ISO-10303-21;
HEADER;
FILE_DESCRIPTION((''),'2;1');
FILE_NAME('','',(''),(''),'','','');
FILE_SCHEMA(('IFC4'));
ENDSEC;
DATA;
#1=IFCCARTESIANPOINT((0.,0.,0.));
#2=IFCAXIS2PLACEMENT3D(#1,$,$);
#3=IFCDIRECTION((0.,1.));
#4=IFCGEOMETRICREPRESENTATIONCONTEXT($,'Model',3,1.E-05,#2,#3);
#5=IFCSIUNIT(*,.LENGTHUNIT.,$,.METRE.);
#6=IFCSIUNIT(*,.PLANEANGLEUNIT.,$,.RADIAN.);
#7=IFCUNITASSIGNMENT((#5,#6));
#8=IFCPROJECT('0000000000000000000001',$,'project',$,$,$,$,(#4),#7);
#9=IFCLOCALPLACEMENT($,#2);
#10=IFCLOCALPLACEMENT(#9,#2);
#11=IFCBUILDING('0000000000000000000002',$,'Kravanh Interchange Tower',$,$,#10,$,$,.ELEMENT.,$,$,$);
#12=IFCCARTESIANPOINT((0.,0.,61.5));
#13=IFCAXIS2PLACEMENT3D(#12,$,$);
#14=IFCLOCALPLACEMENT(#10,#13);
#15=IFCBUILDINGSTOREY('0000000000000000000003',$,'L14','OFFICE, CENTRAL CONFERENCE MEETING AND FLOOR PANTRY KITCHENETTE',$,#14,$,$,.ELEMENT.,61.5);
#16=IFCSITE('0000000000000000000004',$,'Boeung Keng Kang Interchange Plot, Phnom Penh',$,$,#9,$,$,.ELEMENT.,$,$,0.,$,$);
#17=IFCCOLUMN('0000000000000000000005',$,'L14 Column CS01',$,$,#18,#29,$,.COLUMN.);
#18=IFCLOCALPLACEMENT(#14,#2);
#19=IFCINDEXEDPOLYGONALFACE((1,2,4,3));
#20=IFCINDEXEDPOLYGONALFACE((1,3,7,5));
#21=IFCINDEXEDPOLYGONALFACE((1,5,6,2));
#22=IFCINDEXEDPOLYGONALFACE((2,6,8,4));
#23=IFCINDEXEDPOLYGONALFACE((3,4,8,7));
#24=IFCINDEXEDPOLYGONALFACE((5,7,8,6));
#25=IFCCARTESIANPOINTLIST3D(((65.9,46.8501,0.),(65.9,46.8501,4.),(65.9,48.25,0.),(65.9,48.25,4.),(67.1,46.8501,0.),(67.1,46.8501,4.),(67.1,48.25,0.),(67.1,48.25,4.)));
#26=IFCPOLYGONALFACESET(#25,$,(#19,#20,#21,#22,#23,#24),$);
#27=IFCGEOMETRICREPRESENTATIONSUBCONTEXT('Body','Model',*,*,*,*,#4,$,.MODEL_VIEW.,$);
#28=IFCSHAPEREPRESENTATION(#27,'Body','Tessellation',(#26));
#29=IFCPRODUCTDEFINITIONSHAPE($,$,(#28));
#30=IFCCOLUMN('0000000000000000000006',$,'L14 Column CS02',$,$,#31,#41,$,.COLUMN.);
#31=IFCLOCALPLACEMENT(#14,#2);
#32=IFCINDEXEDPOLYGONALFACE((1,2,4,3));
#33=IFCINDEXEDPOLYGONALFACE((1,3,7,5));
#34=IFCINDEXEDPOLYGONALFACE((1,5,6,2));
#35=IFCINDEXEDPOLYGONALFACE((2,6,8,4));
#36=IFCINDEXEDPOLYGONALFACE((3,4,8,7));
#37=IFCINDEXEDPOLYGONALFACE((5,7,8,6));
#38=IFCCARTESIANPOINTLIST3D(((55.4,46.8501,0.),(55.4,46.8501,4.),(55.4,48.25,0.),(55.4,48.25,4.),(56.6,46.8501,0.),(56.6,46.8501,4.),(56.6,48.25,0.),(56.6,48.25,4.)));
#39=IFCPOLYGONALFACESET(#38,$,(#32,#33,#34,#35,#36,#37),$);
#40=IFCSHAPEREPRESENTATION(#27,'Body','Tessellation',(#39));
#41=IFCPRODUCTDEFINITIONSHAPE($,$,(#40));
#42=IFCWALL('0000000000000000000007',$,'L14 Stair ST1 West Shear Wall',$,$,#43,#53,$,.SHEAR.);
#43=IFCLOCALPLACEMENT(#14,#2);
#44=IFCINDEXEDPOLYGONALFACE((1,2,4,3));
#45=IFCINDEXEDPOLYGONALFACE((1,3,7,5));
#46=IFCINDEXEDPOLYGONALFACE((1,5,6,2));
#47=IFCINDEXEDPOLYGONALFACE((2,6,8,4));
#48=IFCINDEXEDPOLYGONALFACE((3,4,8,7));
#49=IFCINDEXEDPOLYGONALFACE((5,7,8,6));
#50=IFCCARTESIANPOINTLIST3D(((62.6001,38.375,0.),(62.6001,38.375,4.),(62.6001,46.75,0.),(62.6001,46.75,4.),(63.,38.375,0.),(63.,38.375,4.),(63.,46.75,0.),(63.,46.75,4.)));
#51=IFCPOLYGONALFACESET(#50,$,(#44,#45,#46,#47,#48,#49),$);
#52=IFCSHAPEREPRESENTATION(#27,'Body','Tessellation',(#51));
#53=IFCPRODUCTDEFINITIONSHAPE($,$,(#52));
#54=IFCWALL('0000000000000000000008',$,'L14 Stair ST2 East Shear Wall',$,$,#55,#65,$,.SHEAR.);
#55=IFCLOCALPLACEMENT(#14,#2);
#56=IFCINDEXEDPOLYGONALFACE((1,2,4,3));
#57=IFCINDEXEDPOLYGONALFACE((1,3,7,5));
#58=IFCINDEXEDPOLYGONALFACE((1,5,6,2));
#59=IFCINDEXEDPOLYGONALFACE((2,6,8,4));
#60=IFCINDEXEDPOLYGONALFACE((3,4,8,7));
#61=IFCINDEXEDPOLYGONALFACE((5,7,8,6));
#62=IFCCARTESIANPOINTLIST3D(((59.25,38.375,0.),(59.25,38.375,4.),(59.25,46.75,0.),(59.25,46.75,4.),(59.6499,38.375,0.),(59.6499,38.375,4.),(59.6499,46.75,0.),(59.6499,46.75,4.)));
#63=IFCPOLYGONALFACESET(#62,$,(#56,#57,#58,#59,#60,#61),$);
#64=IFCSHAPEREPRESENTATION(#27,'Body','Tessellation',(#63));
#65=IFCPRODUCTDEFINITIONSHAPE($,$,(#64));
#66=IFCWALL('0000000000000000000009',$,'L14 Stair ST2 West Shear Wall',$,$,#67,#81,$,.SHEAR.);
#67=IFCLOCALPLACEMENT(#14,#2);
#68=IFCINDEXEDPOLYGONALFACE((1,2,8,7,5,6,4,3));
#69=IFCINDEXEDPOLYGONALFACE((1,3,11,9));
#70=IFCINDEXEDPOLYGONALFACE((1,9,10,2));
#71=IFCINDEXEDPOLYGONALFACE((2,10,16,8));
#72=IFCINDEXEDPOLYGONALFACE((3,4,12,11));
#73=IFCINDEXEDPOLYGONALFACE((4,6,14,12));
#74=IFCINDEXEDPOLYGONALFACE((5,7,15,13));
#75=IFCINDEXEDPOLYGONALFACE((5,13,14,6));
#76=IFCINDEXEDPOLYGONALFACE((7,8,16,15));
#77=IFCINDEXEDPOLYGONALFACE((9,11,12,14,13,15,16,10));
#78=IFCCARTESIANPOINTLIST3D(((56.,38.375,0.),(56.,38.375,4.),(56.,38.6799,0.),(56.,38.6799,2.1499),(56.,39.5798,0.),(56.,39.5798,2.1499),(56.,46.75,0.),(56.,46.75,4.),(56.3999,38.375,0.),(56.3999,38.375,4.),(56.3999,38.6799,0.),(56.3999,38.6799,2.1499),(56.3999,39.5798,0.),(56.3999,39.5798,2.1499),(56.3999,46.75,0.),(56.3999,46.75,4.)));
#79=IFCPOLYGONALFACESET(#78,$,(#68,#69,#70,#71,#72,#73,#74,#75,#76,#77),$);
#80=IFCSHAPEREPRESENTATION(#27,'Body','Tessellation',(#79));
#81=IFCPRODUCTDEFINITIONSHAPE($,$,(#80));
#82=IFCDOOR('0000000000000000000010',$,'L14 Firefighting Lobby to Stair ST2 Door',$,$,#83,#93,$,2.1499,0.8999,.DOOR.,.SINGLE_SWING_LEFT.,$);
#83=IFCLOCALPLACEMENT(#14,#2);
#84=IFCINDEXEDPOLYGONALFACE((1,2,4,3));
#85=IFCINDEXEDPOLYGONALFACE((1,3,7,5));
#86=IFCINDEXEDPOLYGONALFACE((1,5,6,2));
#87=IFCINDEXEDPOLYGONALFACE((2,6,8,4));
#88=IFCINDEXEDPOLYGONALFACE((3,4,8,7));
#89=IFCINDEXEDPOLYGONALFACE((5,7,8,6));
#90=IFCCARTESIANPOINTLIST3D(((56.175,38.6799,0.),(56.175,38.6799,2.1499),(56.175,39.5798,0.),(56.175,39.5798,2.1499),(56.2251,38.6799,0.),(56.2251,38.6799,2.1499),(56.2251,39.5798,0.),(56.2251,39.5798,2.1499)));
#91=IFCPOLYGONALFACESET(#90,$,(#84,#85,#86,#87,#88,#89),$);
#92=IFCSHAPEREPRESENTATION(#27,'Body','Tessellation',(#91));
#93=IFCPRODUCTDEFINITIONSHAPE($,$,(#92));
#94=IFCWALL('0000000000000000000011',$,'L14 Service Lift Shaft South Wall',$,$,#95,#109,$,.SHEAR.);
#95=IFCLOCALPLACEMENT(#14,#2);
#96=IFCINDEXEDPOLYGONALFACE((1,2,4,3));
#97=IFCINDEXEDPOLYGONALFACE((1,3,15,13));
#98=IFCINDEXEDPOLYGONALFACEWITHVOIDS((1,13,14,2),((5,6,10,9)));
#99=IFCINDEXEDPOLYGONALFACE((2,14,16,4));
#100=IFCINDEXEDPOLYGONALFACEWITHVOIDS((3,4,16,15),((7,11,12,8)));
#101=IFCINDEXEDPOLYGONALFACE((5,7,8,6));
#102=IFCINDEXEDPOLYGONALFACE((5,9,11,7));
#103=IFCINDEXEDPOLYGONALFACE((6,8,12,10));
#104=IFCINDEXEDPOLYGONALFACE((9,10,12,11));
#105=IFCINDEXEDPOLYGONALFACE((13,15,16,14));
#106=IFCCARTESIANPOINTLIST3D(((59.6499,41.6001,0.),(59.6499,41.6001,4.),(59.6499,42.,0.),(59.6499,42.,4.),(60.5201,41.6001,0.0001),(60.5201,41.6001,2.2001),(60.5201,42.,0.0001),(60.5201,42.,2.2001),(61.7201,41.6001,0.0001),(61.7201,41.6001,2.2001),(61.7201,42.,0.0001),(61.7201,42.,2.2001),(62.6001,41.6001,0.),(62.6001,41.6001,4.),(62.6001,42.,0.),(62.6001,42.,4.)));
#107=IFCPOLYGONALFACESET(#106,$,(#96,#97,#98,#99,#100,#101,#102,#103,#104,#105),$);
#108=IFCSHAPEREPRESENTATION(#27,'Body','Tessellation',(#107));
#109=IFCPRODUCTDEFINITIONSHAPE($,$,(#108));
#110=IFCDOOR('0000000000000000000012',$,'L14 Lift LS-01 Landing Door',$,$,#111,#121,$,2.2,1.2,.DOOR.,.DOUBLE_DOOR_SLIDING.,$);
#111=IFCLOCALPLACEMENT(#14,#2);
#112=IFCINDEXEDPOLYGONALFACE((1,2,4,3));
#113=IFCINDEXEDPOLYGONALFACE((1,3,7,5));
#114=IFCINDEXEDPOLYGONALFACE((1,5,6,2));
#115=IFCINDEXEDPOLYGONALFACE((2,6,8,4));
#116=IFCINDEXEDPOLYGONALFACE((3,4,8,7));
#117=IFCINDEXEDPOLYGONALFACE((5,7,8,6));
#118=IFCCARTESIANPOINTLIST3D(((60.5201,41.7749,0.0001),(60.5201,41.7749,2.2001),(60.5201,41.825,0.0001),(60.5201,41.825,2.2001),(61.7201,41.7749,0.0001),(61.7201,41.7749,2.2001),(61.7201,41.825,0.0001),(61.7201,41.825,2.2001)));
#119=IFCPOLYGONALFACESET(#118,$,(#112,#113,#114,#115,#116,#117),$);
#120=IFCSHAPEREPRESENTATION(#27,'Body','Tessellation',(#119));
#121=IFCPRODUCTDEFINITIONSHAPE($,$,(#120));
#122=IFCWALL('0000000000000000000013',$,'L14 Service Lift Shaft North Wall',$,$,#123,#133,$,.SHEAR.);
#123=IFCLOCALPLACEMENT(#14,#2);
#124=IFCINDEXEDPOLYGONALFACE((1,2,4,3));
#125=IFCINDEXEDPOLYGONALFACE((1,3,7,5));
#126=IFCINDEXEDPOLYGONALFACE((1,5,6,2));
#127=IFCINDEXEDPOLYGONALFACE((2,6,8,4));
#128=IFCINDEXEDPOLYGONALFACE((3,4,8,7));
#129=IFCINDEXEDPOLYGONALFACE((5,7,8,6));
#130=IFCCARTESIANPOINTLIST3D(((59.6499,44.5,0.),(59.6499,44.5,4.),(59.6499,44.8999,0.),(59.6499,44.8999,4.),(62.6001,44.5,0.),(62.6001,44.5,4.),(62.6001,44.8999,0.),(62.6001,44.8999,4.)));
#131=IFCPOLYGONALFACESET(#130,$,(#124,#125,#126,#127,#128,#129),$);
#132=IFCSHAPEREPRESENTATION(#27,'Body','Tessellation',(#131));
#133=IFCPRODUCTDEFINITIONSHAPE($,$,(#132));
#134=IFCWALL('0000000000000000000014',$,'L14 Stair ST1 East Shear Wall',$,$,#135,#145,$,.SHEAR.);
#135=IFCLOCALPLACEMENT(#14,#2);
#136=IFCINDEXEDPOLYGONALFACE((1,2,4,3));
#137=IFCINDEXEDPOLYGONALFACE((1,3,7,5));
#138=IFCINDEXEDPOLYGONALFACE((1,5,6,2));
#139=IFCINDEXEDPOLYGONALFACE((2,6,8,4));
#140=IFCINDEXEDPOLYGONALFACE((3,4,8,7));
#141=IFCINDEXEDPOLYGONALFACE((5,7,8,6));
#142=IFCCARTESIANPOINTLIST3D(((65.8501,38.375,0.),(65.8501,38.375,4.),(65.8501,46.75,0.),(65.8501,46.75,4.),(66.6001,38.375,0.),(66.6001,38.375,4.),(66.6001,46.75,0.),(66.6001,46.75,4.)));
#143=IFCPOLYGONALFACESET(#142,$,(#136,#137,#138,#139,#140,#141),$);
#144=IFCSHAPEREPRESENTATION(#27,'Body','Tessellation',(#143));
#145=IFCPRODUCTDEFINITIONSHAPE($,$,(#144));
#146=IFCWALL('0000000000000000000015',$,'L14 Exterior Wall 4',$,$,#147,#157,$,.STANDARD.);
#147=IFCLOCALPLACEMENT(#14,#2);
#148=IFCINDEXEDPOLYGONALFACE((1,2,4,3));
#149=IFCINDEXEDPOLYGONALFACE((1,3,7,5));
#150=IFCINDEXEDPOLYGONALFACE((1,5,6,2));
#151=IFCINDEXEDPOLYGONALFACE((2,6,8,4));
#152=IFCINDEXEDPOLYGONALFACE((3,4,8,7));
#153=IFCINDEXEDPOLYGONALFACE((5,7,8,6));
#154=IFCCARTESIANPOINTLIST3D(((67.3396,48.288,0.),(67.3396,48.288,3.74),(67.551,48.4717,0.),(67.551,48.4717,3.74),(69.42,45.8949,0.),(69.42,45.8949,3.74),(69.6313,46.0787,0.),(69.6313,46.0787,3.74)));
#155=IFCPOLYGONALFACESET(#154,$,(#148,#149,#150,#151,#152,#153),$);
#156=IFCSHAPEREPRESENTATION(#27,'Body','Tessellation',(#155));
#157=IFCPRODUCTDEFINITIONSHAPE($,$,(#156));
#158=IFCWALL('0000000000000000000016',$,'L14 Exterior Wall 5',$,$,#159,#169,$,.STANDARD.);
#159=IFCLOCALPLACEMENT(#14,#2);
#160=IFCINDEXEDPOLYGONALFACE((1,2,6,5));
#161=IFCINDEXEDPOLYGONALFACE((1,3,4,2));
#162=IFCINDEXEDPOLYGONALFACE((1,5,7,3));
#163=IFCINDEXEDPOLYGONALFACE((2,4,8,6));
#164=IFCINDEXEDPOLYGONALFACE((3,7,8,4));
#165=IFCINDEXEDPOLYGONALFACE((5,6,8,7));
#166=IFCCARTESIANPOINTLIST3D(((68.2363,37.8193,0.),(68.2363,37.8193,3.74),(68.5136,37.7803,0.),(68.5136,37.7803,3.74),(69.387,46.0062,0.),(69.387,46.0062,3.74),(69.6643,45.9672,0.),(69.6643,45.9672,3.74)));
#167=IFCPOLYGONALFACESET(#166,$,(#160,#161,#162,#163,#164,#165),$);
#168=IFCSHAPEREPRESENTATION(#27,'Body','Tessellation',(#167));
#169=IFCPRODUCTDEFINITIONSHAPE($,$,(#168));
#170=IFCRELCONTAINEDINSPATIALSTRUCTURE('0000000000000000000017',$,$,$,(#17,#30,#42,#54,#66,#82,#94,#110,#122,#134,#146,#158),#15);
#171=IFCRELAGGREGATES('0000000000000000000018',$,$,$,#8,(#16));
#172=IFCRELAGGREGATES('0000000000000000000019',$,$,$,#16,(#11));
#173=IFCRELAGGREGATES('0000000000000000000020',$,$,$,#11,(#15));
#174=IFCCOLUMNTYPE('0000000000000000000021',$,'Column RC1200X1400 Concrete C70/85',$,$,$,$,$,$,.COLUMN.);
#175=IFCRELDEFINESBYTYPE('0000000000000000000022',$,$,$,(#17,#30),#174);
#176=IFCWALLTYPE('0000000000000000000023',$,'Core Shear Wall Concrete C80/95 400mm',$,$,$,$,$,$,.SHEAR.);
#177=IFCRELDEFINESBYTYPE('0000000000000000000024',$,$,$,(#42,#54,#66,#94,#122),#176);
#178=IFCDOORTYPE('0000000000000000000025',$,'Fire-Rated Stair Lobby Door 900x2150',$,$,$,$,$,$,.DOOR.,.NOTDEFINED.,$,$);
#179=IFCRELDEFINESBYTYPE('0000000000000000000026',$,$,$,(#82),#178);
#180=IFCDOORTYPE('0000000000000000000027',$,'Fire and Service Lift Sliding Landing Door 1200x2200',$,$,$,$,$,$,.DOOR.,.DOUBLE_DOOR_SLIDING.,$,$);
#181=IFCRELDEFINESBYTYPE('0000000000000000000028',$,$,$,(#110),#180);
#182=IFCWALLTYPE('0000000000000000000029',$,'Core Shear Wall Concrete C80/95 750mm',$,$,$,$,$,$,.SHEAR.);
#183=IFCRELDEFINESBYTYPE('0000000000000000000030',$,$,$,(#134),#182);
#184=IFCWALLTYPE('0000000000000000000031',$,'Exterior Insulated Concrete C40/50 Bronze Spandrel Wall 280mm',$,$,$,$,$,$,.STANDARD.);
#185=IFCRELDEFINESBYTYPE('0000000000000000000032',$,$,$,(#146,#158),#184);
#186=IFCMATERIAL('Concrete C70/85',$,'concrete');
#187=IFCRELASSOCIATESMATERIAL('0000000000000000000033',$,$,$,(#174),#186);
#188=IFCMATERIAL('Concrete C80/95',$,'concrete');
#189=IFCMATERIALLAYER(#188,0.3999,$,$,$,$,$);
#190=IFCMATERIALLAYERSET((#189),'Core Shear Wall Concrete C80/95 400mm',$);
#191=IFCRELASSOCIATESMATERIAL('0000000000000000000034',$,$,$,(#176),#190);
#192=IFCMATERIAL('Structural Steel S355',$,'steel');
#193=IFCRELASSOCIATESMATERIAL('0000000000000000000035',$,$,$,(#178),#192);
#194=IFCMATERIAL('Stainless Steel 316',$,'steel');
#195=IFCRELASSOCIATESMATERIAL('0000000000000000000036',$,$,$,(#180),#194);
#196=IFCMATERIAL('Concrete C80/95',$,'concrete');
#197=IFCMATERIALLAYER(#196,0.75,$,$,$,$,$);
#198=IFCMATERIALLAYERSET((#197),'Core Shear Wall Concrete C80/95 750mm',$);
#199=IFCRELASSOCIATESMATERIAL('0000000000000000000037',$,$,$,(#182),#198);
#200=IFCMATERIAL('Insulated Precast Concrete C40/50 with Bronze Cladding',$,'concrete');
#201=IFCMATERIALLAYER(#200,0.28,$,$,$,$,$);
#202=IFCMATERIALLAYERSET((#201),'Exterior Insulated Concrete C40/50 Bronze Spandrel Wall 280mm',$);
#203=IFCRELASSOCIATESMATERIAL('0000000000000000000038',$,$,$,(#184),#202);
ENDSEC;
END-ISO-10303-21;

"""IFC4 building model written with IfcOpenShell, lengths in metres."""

from ifc_helpers import new_model, si_unit, direction, frame, frame_2d, origin, origin_2d, place, context, subcontext, project, spatial, rectangle, extrude, material, layer, layer_set, material_profile, profile_set, type_object, element, fill, save


model = new_model("IFC4")

# Units and contexts
model_context = context("Model", 3, precision=1e-05, world=origin(), true_north=direction((0.0, 1.0)))
body_context = subcontext(model_context, "Body", "Model", "MODEL_VIEW")
ifc_project = project(units=[si_unit("LENGTHUNIT", "METRE"), si_unit("PLANEANGLEUNIT", "RADIAN")], contexts=[model_context])

# Site, building, storey
site_placement = place(None, origin())
site = spatial("IfcSite", under=ifc_project, at=site_placement, Name="Boeung Keng Kang Interchange Plot, Phnom Penh", CompositionType="ELEMENT", RefElevation=0.0)
building_placement = place(site_placement, origin())
building = spatial("IfcBuilding", under=site, at=building_placement, Name="Kravanh Interchange Tower", CompositionType="ELEMENT")
storey_placement = place(building_placement, frame((0.0, 0.0, 61.5)))
storey = spatial("IfcBuildingStorey", under=building, at=storey_placement, Name="L14", Description="OFFICE, CENTRAL CONFERENCE MEETING AND FLOOR PANTRY KITCHENETTE", CompositionType="ELEMENT", Elevation=61.5)

# Columns
ifc_material_1 = material(Name="Concrete C70/85", Category="concrete")
ifc_material_profile = material_profile(ifc_material_1, rectangle(XDim=1.2, YDim=1.3999, at=origin_2d()), Name="RC1200X1400")
ifc_profile_set = profile_set([ifc_material_profile], Name="Concrete C70/85")
column_type = type_object("IfcColumnType", Name="Column RC1200X1400 Concrete C70/85", PredefinedType="COLUMN", material=ifc_profile_set)
for number, where, z_axis, x_axis, name in (
    (1, (66.5, 47.55, 0.0), (0.0, 0.0, 1.0), (1.0, 0.0, 0.0), "L14 Column CS01"),
    (2, (56.0, 47.55, 0.0), (0.0, 0.0, 1.0), (1.0, 0.0, 0.0), "L14 Column CS02"),
):
    element("IfcColumn", number, at=place(storey_placement, frame(where, z_axis=z_axis, x_axis=x_axis)), inside=storey, type_object=column_type, Name=name, PredefinedType="COLUMN", context=body_context, shape_type="SweptSolid", body=[
        extrude(rectangle(XDim=1.2, YDim=1.3999, at=origin_2d()), origin(), (0.0, 0.0, 1.0), 4.0),
    ])

# Walls
ifc_material_2 = material(Name="Concrete C80/95", Category="concrete")
ifc_layer_1 = layer(ifc_material_2, 0.3999)
ifc_layer_set_1 = layer_set([ifc_layer_1], Name="Core Shear Wall Concrete C80/95 400mm")
wall_type_1 = type_object("IfcWallType", Name="Core Shear Wall Concrete C80/95 400mm", PredefinedType="SHEAR", material=ifc_layer_set_1)
for number, where, z_axis, x_axis, name in (
    (3, (62.8, 38.375, 0.0), (0.0, 0.0, 1.0), (0.0, 1.0, 0.0), "L14 Stair ST1 West Shear Wall"),
    (4, (59.45, 38.375, 0.0), (0.0, 0.0, 1.0), (0.0, 1.0, 0.0), "L14 Stair ST2 East Shear Wall"),
):
    element("IfcWall", number, at=place(storey_placement, frame(where, z_axis=z_axis, x_axis=x_axis)), inside=storey, type_object=wall_type_1, Name=name, PredefinedType="SHEAR", context=body_context, shape_type="SweptSolid", body=[
        extrude(rectangle(XDim=8.375, YDim=0.3999, at=frame_2d((4.1875, 0.0))), origin(), (0.0, 0.0, 1.0), 4.0),
    ])

# Walls, openings, doors
wall_1_placement = place(storey_placement, frame((56.2, 38.375, 0.0), z_axis=(0.0, 0.0, 1.0), x_axis=(0.0, 1.0, 0.0)))
wall_1 = element("IfcWall", 5, at=wall_1_placement, inside=storey, type_object=wall_type_1, Name="L14 Stair ST2 West Shear Wall", PredefinedType="SHEAR", context=body_context, shape_type="SweptSolid", body=[
    extrude(rectangle(XDim=8.375, YDim=0.3999, at=frame_2d((4.1875, 0.0))), origin(), (0.0, 0.0, 1.0), 4.0),
])
opening_1_placement = place(wall_1_placement, frame((0.3049, 0.0, 0.0)))
opening_1 = element("IfcOpeningElement", 6, at=opening_1_placement, cuts=wall_1, PredefinedType="OPENING", context=body_context, shape_type="SweptSolid", body=[
    extrude(rectangle(XDim=0.8999, YDim=2.1499, at=frame_2d((0.45, 1.075))), frame((0.0, 0.21, 0.0), z_axis=(0.0, -1.0, 0.0), x_axis=(1.0, 0.0, 0.0)), (0.0, 0.0, 1.0), 0.4199),
])
ifc_material_3 = material(Name="Structural Steel S355", Category="steel")
door_type_1 = type_object("IfcDoorType", Name="Fire-Rated Stair Lobby Door 900x2150", OperationType="NOTDEFINED", PredefinedType="DOOR", material=ifc_material_3)
door_1_placement = place(opening_1_placement, origin())
door_1 = element("IfcDoor", 7, at=door_1_placement, inside=storey, type_object=door_type_1, Name="L14 Firefighting Lobby to Stair ST2 Door", OperationType="SINGLE_SWING_LEFT", OverallHeight=2.1499, OverallWidth=0.8999, PredefinedType="DOOR", context=body_context, shape_type="SweptSolid", body=[
    extrude(rectangle(XDim=0.8999, YDim=2.1499, at=frame_2d((0.45, 1.075))), frame((0.0, 0.0249, 0.0), z_axis=(0.0, -1.0, 0.0), x_axis=(1.0, 0.0, 0.0)), (0.0, 0.0, 1.0), 0.05),
])
fill(opening_1, door_1)
wall_2_placement = place(storey_placement, frame((59.6499, 41.8, 0.0), z_axis=(0.0, 0.0, 1.0), x_axis=(1.0, 0.0, 0.0)))
wall_2 = element("IfcWall", 8, at=wall_2_placement, inside=storey, type_object=wall_type_1, Name="L14 Service Lift Shaft South Wall", PredefinedType="SHEAR", context=body_context, shape_type="SweptSolid", body=[
    extrude(rectangle(XDim=2.9502, YDim=0.3999, at=frame_2d((1.4751, 0.0))), origin(), (0.0, 0.0, 1.0), 4.0),
])
opening_2_placement = place(wall_2_placement, frame((0.8701, 0.0, 0.0)))
opening_2 = element("IfcOpeningElement", 9, at=opening_2_placement, cuts=wall_2, PredefinedType="OPENING", context=body_context, shape_type="SweptSolid", body=[
    extrude(rectangle(XDim=1.2, YDim=2.2, at=frame_2d((0.6001, 1.1001))), frame((0.0, 0.21, 0.0), z_axis=(0.0, -1.0, 0.0), x_axis=(1.0, 0.0, 0.0)), (0.0, 0.0, 1.0), 0.4199),
])
ifc_material_4 = material(Name="Stainless Steel 316", Category="steel")
door_type_2 = type_object("IfcDoorType", Name="Fire and Service Lift Sliding Landing Door 1200x2200", OperationType="DOUBLE_DOOR_SLIDING", PredefinedType="DOOR", material=ifc_material_4)
door_2_placement = place(opening_2_placement, origin())
door_2 = element("IfcDoor", 10, at=door_2_placement, inside=storey, type_object=door_type_2, Name="L14 Lift LS-01 Landing Door", OperationType="DOUBLE_DOOR_SLIDING", OverallHeight=2.2, OverallWidth=1.2, PredefinedType="DOOR", context=body_context, shape_type="SweptSolid", body=[
    extrude(rectangle(XDim=1.2, YDim=2.2, at=frame_2d((0.6001, 1.1001))), frame((0.0, 0.0249, 0.0), z_axis=(0.0, -1.0, 0.0), x_axis=(1.0, 0.0, 0.0)), (0.0, 0.0, 1.0), 0.05),
])
fill(opening_2, door_2)

# Walls
wall_3_placement = place(storey_placement, frame((59.6499, 44.7, 0.0), z_axis=(0.0, 0.0, 1.0), x_axis=(1.0, 0.0, 0.0)))
element("IfcWall", 11, at=wall_3_placement, inside=storey, type_object=wall_type_1, Name="L14 Service Lift Shaft North Wall", PredefinedType="SHEAR", context=body_context, shape_type="SweptSolid", body=[
    extrude(rectangle(XDim=2.9502, YDim=0.3999, at=frame_2d((1.4751, 0.0))), origin(), (0.0, 0.0, 1.0), 4.0),
])
ifc_material_5 = material(Name="Concrete C80/95", Category="concrete")
ifc_layer_2 = layer(ifc_material_5, 0.75)
ifc_layer_set_2 = layer_set([ifc_layer_2], Name="Core Shear Wall Concrete C80/95 750mm")
wall_type_2 = type_object("IfcWallType", Name="Core Shear Wall Concrete C80/95 750mm", PredefinedType="SHEAR", material=ifc_layer_set_2)
wall_4_placement = place(storey_placement, frame((66.2251, 38.375, 0.0), z_axis=(0.0, 0.0, 1.0), x_axis=(0.0, 1.0, 0.0)))
element("IfcWall", 12, at=wall_4_placement, inside=storey, type_object=wall_type_2, Name="L14 Stair ST1 East Shear Wall", PredefinedType="SHEAR", context=body_context, shape_type="SweptSolid", body=[
    extrude(rectangle(XDim=8.375, YDim=0.75, at=frame_2d((4.1875, 0.0))), origin(), (0.0, 0.0, 1.0), 4.0),
])
ifc_material_6 = material(Name="Insulated Precast Concrete C40/50 with Bronze Cladding", Category="concrete")
ifc_layer_3 = layer(ifc_material_6, 0.28)
ifc_layer_set_3 = layer_set([ifc_layer_3], Name="Exterior Insulated Concrete C40/50 Bronze Spandrel Wall 280mm")
wall_type_3 = type_object("IfcWallType", Name="Exterior Insulated Concrete C40/50 Bronze Spandrel Wall 280mm", PredefinedType="STANDARD", material=ifc_layer_set_3)
wall_5_placement = place(storey_placement, frame((67.4453, 48.3799, 0.0), z_axis=(0.0, 0.0, 1.0), x_axis=(0.65607, -0.7547, 0.0)))
element("IfcWall", 13, at=wall_5_placement, inside=storey, type_object=wall_type_3, Name="L14 Exterior Wall 4", PredefinedType="STANDARD", context=body_context, shape_type="SweptSolid", body=[
    extrude(rectangle(XDim=3.1709, YDim=0.28, at=frame_2d((1.5854, 0.0))), origin(), (0.0, 0.0, 1.0), 3.74),
])
wall_6_placement = place(storey_placement, frame((69.5256, 45.9868, 0.0), z_axis=(0.0, 0.0, 1.0), x_axis=(-0.13918, -0.990267, 0.0)))
element("IfcWall", 14, at=wall_6_placement, inside=storey, type_object=wall_type_3, Name="L14 Exterior Wall 5", PredefinedType="STANDARD", context=body_context, shape_type="SweptSolid", body=[
    extrude(rectangle(XDim=8.2673, YDim=0.28, at=frame_2d((4.1338, 0.0))), origin(), (0.0, 0.0, 1.0), 3.74),
])

save(model, "model.ifc")
